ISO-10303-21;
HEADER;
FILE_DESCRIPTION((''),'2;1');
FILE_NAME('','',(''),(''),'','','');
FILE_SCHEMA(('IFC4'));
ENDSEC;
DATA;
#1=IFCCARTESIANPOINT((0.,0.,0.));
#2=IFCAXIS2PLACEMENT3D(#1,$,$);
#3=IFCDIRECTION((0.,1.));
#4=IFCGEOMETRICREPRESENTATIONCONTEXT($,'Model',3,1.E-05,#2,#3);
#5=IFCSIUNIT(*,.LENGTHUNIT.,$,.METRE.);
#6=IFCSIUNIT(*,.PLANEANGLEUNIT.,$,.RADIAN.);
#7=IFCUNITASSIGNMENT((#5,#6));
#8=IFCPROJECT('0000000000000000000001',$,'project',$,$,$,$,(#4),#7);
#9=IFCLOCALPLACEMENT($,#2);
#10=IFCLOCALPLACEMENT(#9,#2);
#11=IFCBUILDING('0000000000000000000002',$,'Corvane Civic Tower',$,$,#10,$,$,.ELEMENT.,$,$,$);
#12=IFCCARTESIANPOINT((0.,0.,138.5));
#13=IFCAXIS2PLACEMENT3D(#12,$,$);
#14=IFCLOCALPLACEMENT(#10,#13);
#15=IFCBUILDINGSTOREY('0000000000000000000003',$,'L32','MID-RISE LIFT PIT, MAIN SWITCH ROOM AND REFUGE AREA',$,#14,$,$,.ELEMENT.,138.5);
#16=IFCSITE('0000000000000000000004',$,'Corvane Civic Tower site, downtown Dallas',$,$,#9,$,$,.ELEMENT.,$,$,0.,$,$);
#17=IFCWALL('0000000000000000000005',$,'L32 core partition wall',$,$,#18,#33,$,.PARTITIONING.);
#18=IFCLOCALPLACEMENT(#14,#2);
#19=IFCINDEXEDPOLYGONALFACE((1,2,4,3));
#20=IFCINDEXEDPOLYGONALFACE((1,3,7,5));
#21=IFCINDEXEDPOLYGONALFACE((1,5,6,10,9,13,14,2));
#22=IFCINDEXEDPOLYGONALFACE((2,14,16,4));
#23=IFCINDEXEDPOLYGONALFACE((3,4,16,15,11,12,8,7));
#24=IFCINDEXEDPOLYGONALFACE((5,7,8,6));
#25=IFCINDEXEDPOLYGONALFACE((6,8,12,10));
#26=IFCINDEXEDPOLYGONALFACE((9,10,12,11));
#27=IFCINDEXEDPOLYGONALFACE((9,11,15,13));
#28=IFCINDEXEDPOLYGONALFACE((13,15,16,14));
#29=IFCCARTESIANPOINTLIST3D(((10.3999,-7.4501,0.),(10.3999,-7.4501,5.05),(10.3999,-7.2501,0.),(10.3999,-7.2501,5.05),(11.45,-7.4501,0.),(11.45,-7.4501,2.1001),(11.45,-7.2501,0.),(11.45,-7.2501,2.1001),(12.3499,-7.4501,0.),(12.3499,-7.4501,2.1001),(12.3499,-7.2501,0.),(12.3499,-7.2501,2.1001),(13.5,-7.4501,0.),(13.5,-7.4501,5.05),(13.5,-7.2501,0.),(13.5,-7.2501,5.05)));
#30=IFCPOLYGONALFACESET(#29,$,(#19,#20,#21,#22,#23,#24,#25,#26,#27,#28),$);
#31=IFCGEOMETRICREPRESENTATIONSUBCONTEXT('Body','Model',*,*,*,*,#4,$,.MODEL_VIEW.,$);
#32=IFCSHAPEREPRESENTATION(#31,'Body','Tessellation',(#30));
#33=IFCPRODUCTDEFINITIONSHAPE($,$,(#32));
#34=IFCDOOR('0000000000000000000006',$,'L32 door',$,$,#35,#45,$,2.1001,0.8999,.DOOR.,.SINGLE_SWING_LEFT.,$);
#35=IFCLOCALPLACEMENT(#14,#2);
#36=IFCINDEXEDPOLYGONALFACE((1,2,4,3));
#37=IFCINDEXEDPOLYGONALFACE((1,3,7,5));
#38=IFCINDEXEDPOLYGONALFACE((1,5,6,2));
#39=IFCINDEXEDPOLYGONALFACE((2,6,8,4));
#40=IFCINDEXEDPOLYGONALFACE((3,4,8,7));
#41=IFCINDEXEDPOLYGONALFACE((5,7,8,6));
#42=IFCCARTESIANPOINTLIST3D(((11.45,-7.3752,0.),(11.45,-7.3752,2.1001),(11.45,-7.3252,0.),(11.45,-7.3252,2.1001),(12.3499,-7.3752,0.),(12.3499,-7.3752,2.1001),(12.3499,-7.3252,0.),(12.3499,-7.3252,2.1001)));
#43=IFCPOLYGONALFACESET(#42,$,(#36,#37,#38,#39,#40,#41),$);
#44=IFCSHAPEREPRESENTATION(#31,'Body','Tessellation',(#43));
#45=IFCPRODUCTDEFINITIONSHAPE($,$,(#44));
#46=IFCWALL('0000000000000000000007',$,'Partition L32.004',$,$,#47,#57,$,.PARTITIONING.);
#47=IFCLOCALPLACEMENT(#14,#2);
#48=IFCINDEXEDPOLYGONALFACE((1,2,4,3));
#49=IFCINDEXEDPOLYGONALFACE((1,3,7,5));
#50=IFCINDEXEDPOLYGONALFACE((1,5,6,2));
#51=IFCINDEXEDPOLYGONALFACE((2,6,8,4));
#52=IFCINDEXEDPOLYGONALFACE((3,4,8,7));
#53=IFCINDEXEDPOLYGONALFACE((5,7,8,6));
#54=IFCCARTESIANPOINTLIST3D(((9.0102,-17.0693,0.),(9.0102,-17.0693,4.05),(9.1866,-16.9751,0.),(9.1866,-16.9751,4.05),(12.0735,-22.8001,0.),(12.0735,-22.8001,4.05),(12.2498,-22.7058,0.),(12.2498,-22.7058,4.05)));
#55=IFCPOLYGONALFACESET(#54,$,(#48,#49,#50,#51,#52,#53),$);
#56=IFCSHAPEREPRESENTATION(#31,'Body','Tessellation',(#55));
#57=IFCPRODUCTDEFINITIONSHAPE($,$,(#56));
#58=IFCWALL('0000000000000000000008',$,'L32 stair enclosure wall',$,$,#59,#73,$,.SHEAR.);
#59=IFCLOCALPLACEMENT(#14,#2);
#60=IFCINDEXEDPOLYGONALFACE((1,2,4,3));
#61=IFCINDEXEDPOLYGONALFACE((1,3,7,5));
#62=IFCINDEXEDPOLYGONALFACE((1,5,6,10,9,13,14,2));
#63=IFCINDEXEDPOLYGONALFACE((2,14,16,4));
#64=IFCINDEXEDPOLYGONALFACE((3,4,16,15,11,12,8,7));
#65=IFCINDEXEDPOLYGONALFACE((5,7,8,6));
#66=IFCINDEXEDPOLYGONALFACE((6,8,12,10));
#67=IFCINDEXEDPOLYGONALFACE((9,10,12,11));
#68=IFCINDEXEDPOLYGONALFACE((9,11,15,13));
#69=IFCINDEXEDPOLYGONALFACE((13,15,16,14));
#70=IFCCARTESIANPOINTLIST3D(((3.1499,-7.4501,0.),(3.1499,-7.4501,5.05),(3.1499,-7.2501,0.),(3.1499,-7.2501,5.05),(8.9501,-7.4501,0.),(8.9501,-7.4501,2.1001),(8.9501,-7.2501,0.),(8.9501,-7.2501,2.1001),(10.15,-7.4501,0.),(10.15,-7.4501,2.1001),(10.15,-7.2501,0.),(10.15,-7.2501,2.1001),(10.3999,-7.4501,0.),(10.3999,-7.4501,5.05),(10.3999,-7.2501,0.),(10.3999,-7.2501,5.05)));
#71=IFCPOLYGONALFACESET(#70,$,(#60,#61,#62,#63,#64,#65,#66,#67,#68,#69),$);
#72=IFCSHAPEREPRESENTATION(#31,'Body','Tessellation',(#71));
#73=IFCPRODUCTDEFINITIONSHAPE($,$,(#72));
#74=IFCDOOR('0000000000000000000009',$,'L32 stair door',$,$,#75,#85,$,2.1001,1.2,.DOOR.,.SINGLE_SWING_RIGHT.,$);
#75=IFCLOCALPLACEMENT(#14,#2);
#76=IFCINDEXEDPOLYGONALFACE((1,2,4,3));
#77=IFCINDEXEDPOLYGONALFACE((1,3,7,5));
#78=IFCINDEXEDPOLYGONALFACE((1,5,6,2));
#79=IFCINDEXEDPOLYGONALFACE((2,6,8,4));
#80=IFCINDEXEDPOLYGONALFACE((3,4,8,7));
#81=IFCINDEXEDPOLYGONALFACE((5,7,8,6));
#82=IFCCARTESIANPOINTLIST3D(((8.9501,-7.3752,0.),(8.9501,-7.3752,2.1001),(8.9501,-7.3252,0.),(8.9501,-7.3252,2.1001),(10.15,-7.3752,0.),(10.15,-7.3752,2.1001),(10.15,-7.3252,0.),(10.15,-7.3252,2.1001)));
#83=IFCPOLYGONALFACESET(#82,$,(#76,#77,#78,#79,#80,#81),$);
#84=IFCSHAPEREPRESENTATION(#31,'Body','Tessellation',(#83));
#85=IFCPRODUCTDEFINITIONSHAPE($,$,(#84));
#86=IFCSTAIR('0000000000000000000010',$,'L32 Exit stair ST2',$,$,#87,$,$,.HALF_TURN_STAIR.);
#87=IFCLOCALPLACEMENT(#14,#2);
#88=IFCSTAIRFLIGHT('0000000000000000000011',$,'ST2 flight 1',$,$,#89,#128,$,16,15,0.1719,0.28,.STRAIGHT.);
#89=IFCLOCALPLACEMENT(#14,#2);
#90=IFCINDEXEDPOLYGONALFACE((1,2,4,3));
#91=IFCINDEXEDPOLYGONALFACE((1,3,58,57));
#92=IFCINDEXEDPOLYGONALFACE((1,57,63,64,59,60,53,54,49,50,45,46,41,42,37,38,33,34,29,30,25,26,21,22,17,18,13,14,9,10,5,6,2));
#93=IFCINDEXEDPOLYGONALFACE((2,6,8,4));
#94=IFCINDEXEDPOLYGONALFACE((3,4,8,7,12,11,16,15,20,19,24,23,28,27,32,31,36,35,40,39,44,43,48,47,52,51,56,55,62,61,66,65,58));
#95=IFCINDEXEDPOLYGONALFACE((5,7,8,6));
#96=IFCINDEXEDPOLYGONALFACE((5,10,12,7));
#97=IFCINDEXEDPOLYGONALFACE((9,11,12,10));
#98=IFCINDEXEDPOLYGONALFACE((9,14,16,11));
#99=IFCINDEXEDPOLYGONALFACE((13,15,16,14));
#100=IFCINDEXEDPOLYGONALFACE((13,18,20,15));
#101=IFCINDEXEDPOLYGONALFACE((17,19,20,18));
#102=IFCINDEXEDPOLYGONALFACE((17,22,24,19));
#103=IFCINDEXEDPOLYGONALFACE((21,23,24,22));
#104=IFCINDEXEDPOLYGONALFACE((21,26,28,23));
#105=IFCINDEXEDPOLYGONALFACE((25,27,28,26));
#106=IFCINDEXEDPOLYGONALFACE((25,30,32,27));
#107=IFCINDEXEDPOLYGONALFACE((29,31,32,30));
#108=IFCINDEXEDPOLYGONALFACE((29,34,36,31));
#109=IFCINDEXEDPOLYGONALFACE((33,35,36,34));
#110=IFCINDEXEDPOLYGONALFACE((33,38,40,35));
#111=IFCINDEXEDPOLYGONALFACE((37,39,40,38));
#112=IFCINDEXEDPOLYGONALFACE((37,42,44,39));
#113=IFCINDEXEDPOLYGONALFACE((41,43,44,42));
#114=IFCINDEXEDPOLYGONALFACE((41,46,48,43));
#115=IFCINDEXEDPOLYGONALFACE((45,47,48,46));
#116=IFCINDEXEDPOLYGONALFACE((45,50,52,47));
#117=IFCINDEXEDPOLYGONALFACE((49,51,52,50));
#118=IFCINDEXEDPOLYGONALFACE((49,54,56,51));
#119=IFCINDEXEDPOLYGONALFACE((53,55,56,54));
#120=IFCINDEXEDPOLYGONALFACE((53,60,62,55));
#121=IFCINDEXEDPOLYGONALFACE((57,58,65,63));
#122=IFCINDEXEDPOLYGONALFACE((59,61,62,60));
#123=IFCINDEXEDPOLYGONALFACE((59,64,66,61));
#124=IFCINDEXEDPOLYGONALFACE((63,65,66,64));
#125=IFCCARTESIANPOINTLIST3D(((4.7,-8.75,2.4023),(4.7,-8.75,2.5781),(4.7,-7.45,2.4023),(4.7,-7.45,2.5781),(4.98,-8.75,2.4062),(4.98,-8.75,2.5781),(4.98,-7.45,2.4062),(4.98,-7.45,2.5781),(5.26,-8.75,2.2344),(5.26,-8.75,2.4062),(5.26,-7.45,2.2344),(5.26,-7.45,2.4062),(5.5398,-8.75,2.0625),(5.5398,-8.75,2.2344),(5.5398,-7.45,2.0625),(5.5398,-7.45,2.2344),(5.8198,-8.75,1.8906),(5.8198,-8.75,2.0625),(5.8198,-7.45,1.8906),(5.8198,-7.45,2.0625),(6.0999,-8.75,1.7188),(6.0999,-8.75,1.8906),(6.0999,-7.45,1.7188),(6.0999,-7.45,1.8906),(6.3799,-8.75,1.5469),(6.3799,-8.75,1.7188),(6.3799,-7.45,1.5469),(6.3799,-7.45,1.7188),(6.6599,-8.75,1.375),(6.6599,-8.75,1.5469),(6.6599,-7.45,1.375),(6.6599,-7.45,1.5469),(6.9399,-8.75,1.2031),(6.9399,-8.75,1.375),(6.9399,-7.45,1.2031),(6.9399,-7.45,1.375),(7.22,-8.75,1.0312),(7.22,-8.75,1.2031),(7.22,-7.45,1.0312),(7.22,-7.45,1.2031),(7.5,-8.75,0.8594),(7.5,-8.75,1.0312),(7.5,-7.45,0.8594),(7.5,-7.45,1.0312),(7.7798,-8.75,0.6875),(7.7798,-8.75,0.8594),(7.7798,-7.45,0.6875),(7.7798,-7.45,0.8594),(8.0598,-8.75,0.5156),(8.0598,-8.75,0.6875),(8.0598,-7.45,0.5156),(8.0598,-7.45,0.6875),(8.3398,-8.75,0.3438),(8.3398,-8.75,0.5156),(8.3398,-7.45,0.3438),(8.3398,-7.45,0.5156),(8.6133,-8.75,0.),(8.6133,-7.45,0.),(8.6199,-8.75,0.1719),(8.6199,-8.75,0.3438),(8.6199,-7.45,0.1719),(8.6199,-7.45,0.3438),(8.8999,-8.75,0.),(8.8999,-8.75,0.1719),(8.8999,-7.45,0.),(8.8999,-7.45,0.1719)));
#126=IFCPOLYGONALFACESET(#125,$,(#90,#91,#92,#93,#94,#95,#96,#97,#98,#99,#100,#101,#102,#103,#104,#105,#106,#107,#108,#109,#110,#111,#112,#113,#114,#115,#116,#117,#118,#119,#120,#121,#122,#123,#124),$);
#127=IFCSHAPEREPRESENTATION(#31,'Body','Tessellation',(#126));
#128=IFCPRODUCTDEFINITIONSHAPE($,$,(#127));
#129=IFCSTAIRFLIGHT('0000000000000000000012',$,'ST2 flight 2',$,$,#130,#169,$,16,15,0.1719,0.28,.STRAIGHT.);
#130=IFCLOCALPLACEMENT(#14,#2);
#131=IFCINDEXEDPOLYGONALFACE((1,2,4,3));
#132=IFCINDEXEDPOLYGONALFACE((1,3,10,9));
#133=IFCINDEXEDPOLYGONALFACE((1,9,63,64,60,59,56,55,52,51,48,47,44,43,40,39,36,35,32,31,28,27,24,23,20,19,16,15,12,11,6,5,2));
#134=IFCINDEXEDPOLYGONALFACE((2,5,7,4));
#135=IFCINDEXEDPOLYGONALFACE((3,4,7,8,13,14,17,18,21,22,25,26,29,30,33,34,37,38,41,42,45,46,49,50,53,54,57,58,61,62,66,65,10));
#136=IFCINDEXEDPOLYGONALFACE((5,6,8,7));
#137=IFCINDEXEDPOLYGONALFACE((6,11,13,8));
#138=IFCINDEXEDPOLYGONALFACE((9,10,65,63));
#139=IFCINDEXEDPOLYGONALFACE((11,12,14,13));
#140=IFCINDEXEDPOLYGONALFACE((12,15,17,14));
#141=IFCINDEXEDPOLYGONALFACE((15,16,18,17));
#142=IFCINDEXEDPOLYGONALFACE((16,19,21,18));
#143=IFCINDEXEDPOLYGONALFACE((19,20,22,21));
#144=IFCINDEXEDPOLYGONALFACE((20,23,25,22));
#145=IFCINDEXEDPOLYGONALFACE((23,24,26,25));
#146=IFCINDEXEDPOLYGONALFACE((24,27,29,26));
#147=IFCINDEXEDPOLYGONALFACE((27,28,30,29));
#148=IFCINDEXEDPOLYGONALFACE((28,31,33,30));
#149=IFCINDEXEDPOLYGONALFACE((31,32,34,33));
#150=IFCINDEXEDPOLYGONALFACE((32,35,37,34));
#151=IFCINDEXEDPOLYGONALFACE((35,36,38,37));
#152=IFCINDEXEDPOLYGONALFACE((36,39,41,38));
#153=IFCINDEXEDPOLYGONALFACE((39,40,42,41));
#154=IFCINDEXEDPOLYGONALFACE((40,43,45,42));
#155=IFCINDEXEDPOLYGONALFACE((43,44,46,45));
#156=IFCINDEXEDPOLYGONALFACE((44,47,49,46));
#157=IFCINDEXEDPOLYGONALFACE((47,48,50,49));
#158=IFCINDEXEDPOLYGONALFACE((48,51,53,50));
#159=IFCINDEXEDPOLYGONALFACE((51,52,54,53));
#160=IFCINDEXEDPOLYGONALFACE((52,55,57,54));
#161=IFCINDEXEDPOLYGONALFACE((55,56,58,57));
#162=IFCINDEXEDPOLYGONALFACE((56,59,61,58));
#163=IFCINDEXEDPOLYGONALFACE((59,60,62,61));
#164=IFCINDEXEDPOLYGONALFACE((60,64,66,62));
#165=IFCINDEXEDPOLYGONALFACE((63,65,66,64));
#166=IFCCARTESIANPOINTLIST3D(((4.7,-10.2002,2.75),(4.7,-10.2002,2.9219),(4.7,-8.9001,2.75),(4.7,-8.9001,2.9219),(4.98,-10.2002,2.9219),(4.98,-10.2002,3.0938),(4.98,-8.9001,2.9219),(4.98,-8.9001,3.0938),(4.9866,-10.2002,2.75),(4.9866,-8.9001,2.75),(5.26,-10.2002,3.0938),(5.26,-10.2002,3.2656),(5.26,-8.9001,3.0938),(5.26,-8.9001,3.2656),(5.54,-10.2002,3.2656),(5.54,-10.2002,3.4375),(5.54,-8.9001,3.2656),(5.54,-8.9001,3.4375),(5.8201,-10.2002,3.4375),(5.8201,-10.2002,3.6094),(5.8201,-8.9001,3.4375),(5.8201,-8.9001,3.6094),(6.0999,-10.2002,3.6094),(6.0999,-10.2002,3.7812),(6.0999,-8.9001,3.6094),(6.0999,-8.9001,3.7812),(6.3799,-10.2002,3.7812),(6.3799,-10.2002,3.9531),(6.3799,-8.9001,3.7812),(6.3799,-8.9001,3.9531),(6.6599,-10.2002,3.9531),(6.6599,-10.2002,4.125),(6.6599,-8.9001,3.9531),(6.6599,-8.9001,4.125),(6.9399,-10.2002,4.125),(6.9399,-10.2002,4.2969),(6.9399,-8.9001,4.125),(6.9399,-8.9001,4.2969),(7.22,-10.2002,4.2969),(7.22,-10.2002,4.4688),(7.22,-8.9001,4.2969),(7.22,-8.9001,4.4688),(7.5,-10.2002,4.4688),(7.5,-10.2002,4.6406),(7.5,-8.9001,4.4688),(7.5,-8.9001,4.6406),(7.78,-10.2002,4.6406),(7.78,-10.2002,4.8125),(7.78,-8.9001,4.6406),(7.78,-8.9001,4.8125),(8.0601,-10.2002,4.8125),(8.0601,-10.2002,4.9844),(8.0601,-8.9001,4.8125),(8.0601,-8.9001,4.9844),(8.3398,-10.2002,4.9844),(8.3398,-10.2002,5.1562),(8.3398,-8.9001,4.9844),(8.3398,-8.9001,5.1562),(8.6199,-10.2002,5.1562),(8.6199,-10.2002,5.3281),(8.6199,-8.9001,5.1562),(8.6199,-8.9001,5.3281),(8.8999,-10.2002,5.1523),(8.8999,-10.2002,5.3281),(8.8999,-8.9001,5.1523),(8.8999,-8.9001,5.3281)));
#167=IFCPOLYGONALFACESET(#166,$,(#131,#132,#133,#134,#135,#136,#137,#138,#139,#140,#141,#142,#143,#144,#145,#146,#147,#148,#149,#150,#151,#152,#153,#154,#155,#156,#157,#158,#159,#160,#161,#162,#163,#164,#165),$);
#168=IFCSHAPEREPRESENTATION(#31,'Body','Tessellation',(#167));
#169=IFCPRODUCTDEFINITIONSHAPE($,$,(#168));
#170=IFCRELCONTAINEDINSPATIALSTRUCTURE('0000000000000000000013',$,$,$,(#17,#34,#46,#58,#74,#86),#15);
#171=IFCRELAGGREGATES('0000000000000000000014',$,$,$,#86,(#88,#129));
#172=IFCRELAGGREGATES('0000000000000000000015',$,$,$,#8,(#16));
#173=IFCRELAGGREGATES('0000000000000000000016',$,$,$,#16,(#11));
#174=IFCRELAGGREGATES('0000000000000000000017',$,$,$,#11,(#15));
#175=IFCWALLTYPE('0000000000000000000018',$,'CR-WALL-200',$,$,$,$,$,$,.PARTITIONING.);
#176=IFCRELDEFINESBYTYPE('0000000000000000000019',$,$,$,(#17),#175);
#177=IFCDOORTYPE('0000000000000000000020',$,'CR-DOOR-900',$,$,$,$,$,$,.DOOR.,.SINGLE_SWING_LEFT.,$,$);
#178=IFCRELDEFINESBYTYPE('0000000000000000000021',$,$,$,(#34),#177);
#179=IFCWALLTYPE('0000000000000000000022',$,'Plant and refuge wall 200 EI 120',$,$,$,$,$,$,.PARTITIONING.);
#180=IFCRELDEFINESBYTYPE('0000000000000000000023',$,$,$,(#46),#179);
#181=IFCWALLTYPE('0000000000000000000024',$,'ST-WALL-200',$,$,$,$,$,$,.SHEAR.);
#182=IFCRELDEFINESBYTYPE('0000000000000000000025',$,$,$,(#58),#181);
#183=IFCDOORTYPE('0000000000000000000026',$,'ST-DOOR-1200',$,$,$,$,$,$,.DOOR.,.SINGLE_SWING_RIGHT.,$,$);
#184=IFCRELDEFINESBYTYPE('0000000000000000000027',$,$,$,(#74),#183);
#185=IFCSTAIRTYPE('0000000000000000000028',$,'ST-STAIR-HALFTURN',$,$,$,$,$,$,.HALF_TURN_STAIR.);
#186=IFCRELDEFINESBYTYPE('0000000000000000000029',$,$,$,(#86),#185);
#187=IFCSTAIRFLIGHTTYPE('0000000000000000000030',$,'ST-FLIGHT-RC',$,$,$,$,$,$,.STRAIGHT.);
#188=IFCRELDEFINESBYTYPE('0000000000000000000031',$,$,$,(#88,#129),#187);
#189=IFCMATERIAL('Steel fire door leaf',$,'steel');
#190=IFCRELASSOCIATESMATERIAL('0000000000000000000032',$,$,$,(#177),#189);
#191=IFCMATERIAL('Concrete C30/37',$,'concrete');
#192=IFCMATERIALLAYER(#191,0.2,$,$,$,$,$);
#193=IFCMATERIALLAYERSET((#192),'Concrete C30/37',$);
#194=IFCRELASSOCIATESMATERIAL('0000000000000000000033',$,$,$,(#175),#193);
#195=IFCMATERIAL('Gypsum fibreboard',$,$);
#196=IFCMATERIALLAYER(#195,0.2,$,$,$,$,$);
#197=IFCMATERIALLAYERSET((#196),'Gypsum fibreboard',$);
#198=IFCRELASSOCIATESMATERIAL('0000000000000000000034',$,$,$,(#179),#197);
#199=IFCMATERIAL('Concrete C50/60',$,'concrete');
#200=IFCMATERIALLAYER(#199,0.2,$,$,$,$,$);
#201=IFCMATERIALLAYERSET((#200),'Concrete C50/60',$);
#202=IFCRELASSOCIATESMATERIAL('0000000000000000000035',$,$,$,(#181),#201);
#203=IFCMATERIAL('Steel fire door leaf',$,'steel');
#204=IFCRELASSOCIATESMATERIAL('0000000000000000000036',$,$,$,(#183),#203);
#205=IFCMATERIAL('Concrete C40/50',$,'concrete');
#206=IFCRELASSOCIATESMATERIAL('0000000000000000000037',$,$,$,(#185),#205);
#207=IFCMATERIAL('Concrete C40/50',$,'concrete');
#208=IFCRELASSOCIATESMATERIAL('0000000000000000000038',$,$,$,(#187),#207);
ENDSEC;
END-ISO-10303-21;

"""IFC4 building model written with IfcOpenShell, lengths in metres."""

from ifc_helpers import new_model, si_unit, direction, frame, frame_2d, origin, place, context, subcontext, project, spatial, polyline, rectangle, outline, extrude, material, layer, layer_set, type_object, element, fill, aggregate, save


model = new_model("IFC4")

# Units and contexts
model_context = context("Model", 3, precision=1e-05, world=origin(), true_north=direction((0.0, 1.0)))
body_context = subcontext(model_context, "Body", "Model", "MODEL_VIEW")
ifc_project = project(units=[si_unit("LENGTHUNIT", "METRE"), si_unit("PLANEANGLEUNIT", "RADIAN")], contexts=[model_context])

# Site, building, storey
site_placement = place(None, origin())
site = spatial("IfcSite", under=ifc_project, at=site_placement, Name="Corvane Civic Tower site, downtown Dallas", CompositionType="ELEMENT", RefElevation=0.0)
building_placement = place(site_placement, origin())
building = spatial("IfcBuilding", under=site, at=building_placement, Name="Corvane Civic Tower", CompositionType="ELEMENT")
storey_placement = place(building_placement, frame((0.0, 0.0, 138.5)))
storey = spatial("IfcBuildingStorey", under=building, at=storey_placement, Name="L32", Description="MID-RISE LIFT PIT, MAIN SWITCH ROOM AND REFUGE AREA", CompositionType="ELEMENT", Elevation=138.5)

# Shared definitions
ifc_material_1 = material(Name="Steel fire door leaf", Category="steel")
door_type_1 = type_object("IfcDoorType", Name="CR-DOOR-900", OperationType="SINGLE_SWING_LEFT", PredefinedType="DOOR", material=ifc_material_1)

# Wall, opening, door
ifc_material_2 = material(Name="Concrete C30/37", Category="concrete")
ifc_layer_1 = layer(ifc_material_2, 0.2)
ifc_layer_set_1 = layer_set([ifc_layer_1], Name="Concrete C30/37")
wall_type_1 = type_object("IfcWallType", Name="CR-WALL-200", PredefinedType="PARTITIONING", material=ifc_layer_set_1)
wall_1_placement = place(storey_placement, frame((10.3999, -7.3501, 0.0), z_axis=(0.0, 0.0, 1.0), x_axis=(1.0, 0.0, 0.0)))
wall_1 = element("IfcWall", 1, at=wall_1_placement, inside=storey, type_object=wall_type_1, Name="L32 core partition wall", PredefinedType="PARTITIONING", context=body_context, shape_type="SweptSolid", body=[
    extrude(rectangle(XDim=3.1001, YDim=0.2, at=frame_2d((1.55, 0.0))), origin(), (0.0, 0.0, 1.0), 5.05),
])
opening_1_placement = place(wall_1_placement, frame((1.05, 0.0, 0.0)))
opening_1 = element("IfcOpeningElement", 2, at=opening_1_placement, cuts=wall_1, PredefinedType="OPENING", context=body_context, shape_type="SweptSolid", body=[
    extrude(rectangle(XDim=0.8999, YDim=2.1001, at=frame_2d((0.45, 1.05))), frame((0.0, 0.1099, 0.0), z_axis=(0.0, -1.0, 0.0), x_axis=(1.0, 0.0, 0.0)), (0.0, 0.0, 1.0), 0.22),
])
door_1_placement = place(opening_1_placement, origin())
door_1 = element("IfcDoor", 3, at=door_1_placement, inside=storey, type_object=door_type_1, Name="L32 door", OperationType="SINGLE_SWING_LEFT", OverallHeight=2.1001, OverallWidth=0.8999, PredefinedType="DOOR", context=body_context, shape_type="SweptSolid", body=[
    extrude(rectangle(XDim=0.8999, YDim=2.1001, at=frame_2d((0.45, 1.05))), frame((0.0, 0.0249, 0.0), z_axis=(0.0, -1.0, 0.0), x_axis=(1.0, 0.0, 0.0)), (0.0, 0.0, 1.0), 0.05),
])
fill(opening_1, door_1)

# Wall
ifc_material_3 = material(Name="Gypsum fibreboard")
ifc_layer_2 = layer(ifc_material_3, 0.2)
ifc_layer_set_2 = layer_set([ifc_layer_2], Name="Gypsum fibreboard")
wall_type_2 = type_object("IfcWallType", Name="Plant and refuge wall 200 EI 120", PredefinedType="PARTITIONING", material=ifc_layer_set_2)
wall_2_placement = place(storey_placement, frame((9.0984, -17.0222, 0.0), z_axis=(0.0, 0.0, 1.0), x_axis=(0.471409, -0.881915, 0.0)))
element("IfcWall", 4, at=wall_2_placement, inside=storey, type_object=wall_type_2, Name="Partition L32.004", PredefinedType="PARTITIONING", context=body_context, shape_type="SweptSolid", body=[
    extrude(rectangle(XDim=6.498, YDim=0.2, at=frame_2d((3.249, 0.0))), origin(), (0.0, 0.0, 1.0), 4.05),
])

# Wall, opening, door
ifc_material_4 = material(Name="Concrete C50/60", Category="concrete")
ifc_layer_3 = layer(ifc_material_4, 0.2)
ifc_layer_set_3 = layer_set([ifc_layer_3], Name="Concrete C50/60")
wall_type_3 = type_object("IfcWallType", Name="ST-WALL-200", PredefinedType="SHEAR", material=ifc_layer_set_3)
wall_3_placement = place(storey_placement, frame((3.1499, -7.3501, 0.0), z_axis=(0.0, 0.0, 1.0), x_axis=(1.0, 0.0, 0.0)))
wall_3 = element("IfcWall", 5, at=wall_3_placement, inside=storey, type_object=wall_type_3, Name="L32 stair enclosure wall", PredefinedType="SHEAR", context=body_context, shape_type="SweptSolid", body=[
    extrude(rectangle(XDim=7.25, YDim=0.2, at=frame_2d((3.625, 0.0))), origin(), (0.0, 0.0, 1.0), 5.05),
])
opening_2_placement = place(wall_3_placement, frame((5.8, 0.0, 0.0)))
opening_2 = element("IfcOpeningElement", 6, at=opening_2_placement, cuts=wall_3, PredefinedType="OPENING", context=body_context, shape_type="SweptSolid", body=[
    extrude(rectangle(XDim=1.2, YDim=2.1001, at=frame_2d((0.6001, 1.05))), frame((0.0, 0.1099, 0.0), z_axis=(0.0, -1.0, 0.0), x_axis=(1.0, 0.0, 0.0)), (0.0, 0.0, 1.0), 0.22),
])
ifc_material_5 = material(Name="Steel fire door leaf", Category="steel")
door_type_2 = type_object("IfcDoorType", Name="ST-DOOR-1200", OperationType="SINGLE_SWING_RIGHT", PredefinedType="DOOR", material=ifc_material_5)
door_2_placement = place(opening_2_placement, origin())
door_2 = element("IfcDoor", 7, at=door_2_placement, inside=storey, type_object=door_type_2, Name="L32 stair door", OperationType="SINGLE_SWING_RIGHT", OverallHeight=2.1001, OverallWidth=1.2, PredefinedType="DOOR", context=body_context, shape_type="SweptSolid", body=[
    extrude(rectangle(XDim=1.2, YDim=2.1001, at=frame_2d((0.6001, 1.05))), frame((0.0, 0.0249, 0.0), z_axis=(0.0, -1.0, 0.0), x_axis=(1.0, 0.0, 0.0)), (0.0, 0.0, 1.0), 0.05),
])
fill(opening_2, door_2)

# Stair, stair flights
ifc_material_6 = material(Name="Concrete C40/50", Category="concrete")
stair_type = type_object("IfcStairType", Name="ST-STAIR-HALFTURN", PredefinedType="HALF_TURN_STAIR", material=ifc_material_6)
stair_placement = place(storey_placement, origin())
stair = element("IfcStair", 8, at=stair_placement, inside=storey, type_object=stair_type, Name="L32 Exit stair ST2", PredefinedType="HALF_TURN_STAIR")
ifc_material_7 = material(Name="Concrete C40/50", Category="concrete")
stair_flight_type = type_object("IfcStairFlightType", Name="ST-FLIGHT-RC", PredefinedType="STRAIGHT", material=ifc_material_7)
stair_flight_1_placement = place(storey_placement, frame((8.8999, -8.1001, 0.0), z_axis=(0.0, 0.0, 1.0), x_axis=(-1.0, 0.0, 0.0)))
stair_flight_1 = element("IfcStairFlight", 9, at=stair_flight_1_placement, type_object=stair_flight_type, Name="ST2 flight 1", NumberOfRisers=16, NumberOfTreads=15, PredefinedType="STRAIGHT", RiserHeight=0.1719, TreadLength=0.28, context=body_context, shape_type="SweptSolid", body=[
    extrude(outline(polyline([(0.0, 0.0), (0.0, 0.1719), (0.28, 0.1719), (0.28, 0.3438), (0.5601, 0.3438), (0.5601, 0.5156), (0.8401, 0.5156), (0.8401, 0.6875), (1.1201, 0.6875), (1.1201, 0.8594), (1.3999, 0.8594), (1.3999, 1.0312), (1.6799, 1.0312), (1.6799, 1.2031), (1.96, 1.2031), (1.96, 1.375), (2.24, 1.375), (2.24, 1.5469), (2.52, 1.5469), (2.52, 1.7188), (2.8, 1.7188), (2.8, 1.8906), (3.0801, 1.8906), (3.0801, 2.0625), (3.3601, 2.0625), (3.3601, 2.2344), (3.6399, 2.2344), (3.6399, 2.4062), (3.9199, 2.4062), (3.9199, 2.5781), (4.2, 2.5781), (4.2, 2.75), (4.2, 2.4023), (0.2866, 0.0), (0.0, 0.0)])), frame((0.0, 0.6499, 0.0), z_axis=(0.0, -1.0, 0.0), x_axis=(1.0, 0.0, 0.0)), (0.0, 0.0, 1.0), 1.3),
])
stair_flight_2_placement = place(storey_placement, frame((4.7, -9.55, 2.75), z_axis=(0.0, 0.0, 1.0), x_axis=(1.0, 0.0, 0.0)))
stair_flight_2 = element("IfcStairFlight", 10, at=stair_flight_2_placement, type_object=stair_flight_type, Name="ST2 flight 2", NumberOfRisers=16, NumberOfTreads=15, PredefinedType="STRAIGHT", RiserHeight=0.1719, TreadLength=0.28, context=body_context, shape_type="SweptSolid", body=[
    extrude(outline(polyline([(0.0, 0.0), (0.0, 0.1719), (0.28, 0.1719), (0.28, 0.3438), (0.5601, 0.3438), (0.5601, 0.5156), (0.8401, 0.5156), (0.8401, 0.6875), (1.1201, 0.6875), (1.1201, 0.8594), (1.3999, 0.8594), (1.3999, 1.0312), (1.6799, 1.0312), (1.6799, 1.2031), (1.96, 1.2031), (1.96, 1.375), (2.24, 1.375), (2.24, 1.5469), (2.52, 1.5469), (2.52, 1.7188), (2.8, 1.7188), (2.8, 1.8906), (3.0801, 1.8906), (3.0801, 2.0625), (3.3601, 2.0625), (3.3601, 2.2344), (3.6399, 2.2344), (3.6399, 2.4062), (3.9199, 2.4062), (3.9199, 2.5781), (4.2, 2.5781), (4.2, 2.75), (4.2, 2.4023), (0.2866, 0.0), (0.0, 0.0)])), frame((0.0, 0.6499, 0.0), z_axis=(0.0, -1.0, 0.0), x_axis=(1.0, 0.0, 0.0)), (0.0, 0.0, 1.0), 1.3),
])
aggregate(stair, [stair_flight_1, stair_flight_2])

save(model, "model.ifc")
